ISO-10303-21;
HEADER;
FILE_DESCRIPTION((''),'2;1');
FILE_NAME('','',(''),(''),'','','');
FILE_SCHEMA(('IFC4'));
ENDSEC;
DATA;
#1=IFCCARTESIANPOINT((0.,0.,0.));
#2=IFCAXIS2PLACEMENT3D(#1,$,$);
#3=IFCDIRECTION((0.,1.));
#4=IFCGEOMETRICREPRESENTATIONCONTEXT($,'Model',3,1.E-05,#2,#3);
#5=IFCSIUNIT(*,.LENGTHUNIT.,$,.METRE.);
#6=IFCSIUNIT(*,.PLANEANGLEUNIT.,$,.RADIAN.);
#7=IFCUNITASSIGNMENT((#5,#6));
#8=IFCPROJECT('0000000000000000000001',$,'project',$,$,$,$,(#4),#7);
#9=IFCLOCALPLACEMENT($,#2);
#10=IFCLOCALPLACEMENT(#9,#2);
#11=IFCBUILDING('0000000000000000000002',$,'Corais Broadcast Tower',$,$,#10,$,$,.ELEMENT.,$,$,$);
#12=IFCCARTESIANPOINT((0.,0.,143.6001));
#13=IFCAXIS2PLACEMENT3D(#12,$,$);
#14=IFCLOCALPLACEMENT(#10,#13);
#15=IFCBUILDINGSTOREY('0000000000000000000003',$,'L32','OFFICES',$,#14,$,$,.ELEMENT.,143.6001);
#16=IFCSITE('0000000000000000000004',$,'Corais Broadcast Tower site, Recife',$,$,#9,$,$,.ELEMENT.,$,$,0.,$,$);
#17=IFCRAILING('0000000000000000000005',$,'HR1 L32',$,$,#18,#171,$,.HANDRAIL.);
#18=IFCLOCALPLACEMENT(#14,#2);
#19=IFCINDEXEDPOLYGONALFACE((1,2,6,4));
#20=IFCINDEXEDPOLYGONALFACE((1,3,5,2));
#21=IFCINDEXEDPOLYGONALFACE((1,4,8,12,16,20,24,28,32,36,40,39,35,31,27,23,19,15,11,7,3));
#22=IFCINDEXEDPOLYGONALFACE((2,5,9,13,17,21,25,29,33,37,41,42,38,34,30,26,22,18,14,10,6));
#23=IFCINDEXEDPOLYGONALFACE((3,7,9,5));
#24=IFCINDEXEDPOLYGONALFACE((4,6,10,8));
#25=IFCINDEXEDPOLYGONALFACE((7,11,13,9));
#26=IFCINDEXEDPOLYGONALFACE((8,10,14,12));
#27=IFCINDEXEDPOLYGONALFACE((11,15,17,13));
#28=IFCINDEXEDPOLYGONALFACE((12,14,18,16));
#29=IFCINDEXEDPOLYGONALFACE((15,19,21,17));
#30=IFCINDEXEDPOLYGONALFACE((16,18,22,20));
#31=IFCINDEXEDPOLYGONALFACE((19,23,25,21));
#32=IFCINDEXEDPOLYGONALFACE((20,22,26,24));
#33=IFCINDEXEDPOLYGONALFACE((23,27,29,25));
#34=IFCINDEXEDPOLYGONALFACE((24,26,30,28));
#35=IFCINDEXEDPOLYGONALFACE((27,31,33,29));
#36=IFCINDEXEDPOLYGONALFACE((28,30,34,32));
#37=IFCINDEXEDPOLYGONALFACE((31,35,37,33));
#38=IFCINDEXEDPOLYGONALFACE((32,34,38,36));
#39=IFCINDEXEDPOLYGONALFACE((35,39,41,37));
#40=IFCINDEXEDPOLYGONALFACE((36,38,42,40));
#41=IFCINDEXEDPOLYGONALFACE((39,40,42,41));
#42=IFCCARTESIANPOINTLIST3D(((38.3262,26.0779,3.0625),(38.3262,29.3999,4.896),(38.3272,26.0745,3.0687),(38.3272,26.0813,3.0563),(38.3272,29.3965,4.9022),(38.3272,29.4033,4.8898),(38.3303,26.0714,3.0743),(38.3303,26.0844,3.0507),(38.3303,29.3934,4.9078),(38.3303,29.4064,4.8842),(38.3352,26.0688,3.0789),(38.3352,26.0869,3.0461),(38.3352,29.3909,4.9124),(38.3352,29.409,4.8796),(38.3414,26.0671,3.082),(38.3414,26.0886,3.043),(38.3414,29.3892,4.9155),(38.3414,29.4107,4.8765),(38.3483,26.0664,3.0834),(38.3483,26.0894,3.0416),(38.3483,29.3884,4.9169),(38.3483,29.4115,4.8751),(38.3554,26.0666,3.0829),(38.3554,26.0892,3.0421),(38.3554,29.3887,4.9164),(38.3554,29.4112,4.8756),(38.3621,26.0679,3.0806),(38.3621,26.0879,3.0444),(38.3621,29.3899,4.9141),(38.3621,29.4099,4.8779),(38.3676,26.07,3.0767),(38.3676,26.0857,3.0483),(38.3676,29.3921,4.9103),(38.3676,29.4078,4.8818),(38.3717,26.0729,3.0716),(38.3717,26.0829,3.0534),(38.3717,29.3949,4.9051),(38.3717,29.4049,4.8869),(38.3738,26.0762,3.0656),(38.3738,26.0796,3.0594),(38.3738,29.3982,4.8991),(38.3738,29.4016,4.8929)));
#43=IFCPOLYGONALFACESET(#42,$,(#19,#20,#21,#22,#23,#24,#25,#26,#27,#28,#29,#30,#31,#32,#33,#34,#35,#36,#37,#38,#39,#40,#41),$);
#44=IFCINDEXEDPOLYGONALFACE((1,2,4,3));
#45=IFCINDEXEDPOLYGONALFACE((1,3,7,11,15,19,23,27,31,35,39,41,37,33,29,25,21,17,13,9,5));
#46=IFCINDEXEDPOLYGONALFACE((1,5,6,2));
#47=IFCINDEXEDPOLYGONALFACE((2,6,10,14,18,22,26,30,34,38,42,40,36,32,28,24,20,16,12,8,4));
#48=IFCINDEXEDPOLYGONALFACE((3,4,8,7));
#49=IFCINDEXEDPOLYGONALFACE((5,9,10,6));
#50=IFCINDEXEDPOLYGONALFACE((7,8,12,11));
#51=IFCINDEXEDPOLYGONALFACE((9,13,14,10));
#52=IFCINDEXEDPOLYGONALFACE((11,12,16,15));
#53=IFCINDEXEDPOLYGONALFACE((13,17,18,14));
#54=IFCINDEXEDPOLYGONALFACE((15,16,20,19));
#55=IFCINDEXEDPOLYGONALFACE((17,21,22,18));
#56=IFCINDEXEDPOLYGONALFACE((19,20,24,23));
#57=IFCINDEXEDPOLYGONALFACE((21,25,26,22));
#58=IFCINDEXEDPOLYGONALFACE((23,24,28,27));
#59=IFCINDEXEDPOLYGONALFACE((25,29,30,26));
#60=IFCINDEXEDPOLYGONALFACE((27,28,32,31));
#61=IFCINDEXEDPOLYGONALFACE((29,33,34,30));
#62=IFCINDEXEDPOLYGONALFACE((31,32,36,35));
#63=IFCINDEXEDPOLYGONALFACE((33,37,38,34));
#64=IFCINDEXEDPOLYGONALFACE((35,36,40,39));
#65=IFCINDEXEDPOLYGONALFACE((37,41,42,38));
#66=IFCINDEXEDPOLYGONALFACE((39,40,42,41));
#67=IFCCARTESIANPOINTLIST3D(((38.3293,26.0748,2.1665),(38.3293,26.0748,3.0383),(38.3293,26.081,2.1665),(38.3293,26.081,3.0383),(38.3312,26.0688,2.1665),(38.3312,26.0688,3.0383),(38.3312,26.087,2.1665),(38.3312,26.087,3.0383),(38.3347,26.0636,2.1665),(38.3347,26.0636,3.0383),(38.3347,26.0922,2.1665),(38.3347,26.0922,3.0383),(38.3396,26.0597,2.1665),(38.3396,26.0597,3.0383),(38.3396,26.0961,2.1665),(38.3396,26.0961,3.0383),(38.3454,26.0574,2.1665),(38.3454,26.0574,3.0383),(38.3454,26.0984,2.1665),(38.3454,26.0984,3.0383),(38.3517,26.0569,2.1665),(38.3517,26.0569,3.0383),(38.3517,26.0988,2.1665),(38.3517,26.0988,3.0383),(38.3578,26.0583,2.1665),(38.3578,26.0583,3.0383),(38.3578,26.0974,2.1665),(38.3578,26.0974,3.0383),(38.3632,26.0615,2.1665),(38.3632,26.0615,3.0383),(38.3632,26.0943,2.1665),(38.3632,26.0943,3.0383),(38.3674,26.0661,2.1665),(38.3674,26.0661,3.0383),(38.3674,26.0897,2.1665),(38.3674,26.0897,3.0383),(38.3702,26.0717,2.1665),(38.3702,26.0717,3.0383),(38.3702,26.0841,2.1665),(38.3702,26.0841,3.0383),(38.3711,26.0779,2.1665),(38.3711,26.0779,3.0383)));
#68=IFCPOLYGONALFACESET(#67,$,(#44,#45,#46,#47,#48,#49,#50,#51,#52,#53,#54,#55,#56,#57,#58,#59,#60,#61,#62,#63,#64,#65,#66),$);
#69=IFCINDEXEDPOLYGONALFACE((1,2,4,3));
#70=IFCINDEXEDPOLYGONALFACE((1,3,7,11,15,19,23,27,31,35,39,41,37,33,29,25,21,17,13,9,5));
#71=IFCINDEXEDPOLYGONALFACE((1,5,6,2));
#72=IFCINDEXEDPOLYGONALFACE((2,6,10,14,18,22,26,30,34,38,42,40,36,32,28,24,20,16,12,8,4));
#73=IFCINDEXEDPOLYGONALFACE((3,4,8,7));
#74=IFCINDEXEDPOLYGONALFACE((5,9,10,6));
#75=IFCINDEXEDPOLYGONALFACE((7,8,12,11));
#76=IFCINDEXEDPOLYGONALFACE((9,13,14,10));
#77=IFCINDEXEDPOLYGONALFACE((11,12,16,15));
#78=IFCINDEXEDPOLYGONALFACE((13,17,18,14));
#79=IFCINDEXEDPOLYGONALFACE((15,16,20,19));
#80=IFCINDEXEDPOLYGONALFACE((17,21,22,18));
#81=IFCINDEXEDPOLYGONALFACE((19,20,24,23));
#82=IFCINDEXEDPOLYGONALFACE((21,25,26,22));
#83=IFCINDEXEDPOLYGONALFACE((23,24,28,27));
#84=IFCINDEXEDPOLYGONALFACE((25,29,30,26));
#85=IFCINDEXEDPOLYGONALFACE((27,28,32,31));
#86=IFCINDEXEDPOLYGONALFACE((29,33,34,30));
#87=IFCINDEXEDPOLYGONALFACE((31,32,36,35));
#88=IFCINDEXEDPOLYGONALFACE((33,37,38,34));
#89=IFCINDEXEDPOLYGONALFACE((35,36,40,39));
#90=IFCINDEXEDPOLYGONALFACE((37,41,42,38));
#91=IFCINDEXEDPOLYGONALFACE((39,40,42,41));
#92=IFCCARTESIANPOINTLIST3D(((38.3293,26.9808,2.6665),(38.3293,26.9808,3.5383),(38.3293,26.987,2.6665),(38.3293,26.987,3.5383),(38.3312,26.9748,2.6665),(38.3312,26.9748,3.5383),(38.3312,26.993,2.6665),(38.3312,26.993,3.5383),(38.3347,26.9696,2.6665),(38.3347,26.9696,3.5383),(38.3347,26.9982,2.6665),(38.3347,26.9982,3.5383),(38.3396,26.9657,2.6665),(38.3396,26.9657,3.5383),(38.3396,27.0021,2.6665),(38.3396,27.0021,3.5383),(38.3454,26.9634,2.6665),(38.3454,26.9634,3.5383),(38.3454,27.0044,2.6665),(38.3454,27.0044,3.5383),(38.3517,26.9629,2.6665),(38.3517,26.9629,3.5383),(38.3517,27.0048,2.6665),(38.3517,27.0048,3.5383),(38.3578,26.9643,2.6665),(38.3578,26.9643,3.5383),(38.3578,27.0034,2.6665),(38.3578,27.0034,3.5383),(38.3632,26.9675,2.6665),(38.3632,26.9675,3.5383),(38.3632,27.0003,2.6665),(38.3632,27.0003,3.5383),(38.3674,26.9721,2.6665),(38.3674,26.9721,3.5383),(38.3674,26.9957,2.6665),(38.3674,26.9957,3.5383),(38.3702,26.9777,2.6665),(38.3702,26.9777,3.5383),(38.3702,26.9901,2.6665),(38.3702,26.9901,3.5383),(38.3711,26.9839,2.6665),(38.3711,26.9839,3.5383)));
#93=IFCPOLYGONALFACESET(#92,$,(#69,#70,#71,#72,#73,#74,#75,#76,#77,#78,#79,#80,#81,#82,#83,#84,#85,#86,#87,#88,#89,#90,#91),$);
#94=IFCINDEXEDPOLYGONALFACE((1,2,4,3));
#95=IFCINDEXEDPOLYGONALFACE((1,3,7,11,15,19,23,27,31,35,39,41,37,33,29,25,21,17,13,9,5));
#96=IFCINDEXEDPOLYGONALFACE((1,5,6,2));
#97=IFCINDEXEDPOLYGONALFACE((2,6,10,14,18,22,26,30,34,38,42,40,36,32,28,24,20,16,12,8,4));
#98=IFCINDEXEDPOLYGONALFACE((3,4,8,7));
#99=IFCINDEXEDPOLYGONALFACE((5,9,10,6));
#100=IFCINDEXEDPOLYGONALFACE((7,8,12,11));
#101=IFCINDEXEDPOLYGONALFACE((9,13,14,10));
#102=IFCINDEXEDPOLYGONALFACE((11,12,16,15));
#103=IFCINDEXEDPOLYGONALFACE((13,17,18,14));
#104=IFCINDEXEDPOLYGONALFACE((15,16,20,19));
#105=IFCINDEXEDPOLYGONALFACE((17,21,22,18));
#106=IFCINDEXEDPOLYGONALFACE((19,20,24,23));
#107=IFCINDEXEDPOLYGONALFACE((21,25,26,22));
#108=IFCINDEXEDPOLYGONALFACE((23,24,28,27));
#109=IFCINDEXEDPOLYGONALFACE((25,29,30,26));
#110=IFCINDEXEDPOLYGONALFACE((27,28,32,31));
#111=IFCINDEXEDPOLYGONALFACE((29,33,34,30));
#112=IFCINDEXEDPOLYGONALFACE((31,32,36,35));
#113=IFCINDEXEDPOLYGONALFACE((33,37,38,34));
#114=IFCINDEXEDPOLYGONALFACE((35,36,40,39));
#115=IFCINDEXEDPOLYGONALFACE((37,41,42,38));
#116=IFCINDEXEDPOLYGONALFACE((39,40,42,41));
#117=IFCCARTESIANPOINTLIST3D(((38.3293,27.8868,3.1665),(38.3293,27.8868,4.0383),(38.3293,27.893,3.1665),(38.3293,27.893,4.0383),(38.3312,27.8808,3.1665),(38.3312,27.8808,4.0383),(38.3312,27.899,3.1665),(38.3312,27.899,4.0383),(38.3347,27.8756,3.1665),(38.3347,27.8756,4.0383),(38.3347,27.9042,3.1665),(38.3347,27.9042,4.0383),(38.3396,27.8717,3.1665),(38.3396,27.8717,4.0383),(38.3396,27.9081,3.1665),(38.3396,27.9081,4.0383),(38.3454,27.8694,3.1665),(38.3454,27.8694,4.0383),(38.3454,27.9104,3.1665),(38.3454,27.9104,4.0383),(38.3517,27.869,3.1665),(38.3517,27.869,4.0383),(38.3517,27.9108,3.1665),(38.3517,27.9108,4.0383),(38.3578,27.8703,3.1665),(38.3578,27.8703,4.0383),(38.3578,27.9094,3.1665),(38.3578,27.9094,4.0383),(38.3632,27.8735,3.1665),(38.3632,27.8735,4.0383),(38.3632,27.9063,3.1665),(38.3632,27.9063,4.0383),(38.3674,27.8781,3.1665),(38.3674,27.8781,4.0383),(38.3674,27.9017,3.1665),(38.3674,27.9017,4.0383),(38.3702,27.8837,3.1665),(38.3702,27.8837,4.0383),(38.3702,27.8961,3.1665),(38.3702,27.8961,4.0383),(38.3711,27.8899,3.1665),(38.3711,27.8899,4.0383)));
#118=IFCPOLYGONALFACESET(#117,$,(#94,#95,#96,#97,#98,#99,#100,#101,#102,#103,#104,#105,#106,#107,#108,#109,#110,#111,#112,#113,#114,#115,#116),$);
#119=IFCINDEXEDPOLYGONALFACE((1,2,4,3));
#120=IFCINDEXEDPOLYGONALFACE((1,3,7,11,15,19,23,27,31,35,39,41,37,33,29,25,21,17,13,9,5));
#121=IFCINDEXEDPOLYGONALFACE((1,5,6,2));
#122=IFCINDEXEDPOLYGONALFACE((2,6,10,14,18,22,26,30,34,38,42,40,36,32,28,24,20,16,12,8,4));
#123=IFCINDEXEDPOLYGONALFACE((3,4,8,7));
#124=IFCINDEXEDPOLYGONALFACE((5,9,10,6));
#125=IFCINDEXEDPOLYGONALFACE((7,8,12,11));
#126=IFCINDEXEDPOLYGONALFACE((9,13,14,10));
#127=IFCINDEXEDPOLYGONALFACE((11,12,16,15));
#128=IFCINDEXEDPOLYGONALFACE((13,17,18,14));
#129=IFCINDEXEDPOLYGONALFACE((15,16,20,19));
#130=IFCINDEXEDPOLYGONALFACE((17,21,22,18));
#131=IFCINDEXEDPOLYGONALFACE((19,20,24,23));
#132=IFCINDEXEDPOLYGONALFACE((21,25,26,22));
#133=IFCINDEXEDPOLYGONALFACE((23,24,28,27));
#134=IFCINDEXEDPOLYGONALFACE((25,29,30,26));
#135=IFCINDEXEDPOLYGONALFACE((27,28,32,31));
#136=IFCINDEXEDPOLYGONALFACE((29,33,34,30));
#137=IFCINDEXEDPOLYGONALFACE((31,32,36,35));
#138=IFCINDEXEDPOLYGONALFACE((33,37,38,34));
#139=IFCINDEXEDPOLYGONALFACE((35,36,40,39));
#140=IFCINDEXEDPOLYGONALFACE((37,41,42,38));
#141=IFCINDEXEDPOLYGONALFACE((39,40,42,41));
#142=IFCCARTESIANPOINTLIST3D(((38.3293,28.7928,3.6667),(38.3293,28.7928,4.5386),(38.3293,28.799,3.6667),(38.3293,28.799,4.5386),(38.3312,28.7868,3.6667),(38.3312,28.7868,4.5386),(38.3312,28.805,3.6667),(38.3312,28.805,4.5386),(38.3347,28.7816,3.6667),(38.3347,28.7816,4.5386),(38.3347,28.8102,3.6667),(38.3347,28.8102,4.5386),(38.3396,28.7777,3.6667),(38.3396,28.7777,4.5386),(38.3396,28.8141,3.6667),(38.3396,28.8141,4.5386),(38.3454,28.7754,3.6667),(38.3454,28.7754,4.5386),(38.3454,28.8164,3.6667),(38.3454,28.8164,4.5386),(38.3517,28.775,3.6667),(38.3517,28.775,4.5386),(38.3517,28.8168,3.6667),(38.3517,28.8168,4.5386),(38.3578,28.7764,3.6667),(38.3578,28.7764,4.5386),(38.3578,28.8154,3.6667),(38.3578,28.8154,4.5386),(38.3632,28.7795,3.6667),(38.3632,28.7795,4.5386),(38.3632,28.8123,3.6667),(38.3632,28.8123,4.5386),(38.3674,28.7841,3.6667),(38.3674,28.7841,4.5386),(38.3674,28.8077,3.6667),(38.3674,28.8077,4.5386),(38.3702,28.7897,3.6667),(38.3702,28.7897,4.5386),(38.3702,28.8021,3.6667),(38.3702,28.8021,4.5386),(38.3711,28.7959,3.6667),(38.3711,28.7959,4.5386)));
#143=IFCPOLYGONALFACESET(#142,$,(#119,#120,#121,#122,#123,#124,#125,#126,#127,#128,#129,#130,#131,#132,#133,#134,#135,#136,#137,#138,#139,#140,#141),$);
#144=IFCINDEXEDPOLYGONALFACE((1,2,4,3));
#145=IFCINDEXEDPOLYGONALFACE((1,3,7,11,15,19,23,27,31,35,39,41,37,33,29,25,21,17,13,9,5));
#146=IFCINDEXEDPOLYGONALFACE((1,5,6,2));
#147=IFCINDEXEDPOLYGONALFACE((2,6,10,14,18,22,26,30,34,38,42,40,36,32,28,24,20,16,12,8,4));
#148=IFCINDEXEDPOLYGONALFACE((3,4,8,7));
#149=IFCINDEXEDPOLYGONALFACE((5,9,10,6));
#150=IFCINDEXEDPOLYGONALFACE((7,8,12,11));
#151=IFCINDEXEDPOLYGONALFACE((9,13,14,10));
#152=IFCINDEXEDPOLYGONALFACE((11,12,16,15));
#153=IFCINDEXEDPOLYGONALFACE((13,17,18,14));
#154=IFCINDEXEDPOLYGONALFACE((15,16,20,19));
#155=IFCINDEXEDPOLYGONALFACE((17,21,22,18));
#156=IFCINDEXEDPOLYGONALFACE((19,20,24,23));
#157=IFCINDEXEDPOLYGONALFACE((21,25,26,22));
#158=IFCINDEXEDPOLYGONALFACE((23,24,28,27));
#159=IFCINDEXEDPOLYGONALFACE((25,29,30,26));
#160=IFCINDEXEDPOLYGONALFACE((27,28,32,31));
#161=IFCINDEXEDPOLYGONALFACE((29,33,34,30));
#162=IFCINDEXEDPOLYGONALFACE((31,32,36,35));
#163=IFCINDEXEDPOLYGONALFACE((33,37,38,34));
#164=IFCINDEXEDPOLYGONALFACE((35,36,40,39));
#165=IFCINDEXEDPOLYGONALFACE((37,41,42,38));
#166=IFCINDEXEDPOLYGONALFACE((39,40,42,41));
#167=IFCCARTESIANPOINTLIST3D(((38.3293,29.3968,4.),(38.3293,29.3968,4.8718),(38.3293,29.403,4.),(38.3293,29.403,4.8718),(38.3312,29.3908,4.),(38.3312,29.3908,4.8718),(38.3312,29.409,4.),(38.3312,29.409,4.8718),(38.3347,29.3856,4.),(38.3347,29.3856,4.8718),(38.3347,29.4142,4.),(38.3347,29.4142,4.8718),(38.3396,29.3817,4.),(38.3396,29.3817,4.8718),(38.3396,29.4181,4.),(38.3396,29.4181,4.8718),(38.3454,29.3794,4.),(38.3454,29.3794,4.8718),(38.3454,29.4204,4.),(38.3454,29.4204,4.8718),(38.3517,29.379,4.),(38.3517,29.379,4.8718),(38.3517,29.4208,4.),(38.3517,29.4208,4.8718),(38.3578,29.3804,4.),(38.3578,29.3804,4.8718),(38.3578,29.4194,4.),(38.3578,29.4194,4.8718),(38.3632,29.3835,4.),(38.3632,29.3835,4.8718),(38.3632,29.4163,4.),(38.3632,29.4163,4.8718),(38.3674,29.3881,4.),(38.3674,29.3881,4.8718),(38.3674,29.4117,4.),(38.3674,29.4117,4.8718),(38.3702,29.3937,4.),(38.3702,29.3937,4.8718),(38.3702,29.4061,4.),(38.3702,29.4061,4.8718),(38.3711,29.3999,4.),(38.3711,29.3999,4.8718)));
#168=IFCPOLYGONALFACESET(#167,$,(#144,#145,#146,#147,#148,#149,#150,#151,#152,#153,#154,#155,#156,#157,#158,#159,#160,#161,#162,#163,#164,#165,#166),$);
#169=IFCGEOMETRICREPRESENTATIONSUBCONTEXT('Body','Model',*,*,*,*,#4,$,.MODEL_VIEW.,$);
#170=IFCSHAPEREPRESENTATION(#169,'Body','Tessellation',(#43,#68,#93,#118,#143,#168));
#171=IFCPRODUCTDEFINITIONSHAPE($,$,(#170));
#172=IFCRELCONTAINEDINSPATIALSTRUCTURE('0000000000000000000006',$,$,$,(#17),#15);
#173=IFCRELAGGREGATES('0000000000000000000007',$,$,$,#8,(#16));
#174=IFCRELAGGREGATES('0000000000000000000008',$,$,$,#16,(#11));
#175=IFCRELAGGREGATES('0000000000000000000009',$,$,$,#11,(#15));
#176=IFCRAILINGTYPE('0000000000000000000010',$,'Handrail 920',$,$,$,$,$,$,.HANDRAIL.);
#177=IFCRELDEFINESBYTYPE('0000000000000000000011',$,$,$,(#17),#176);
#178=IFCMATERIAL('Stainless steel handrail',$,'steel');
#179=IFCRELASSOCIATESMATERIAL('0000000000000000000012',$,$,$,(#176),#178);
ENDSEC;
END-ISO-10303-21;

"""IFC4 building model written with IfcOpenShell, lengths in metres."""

from ifc_helpers import new_model, si_unit, direction, frame, origin, origin_2d, place, context, subcontext, project, spatial, circle, extrude, material, type_object, element, save


model = new_model("IFC4")

# Units and contexts
model_context = context("Model", 3, precision=1e-05, world=origin(), true_north=direction((0.0, 1.0)))
body_context = subcontext(model_context, "Body", "Model", "MODEL_VIEW")
ifc_project = project(units=[si_unit("LENGTHUNIT", "METRE"), si_unit("PLANEANGLEUNIT", "RADIAN")], contexts=[model_context])

# Site, building, storey
site_placement = place(None, origin())
site = spatial("IfcSite", under=ifc_project, at=site_placement, Name="Corais Broadcast Tower site, Recife", CompositionType="ELEMENT", RefElevation=0.0)
building_placement = place(site_placement, origin())
building = spatial("IfcBuilding", under=site, at=building_placement, Name="Corais Broadcast Tower", CompositionType="ELEMENT")
storey_placement = place(building_placement, frame((0.0, 0.0, 143.6001)))
storey = spatial("IfcBuildingStorey", under=building, at=storey_placement, Name="L32", Description="OFFICES", CompositionType="ELEMENT", Elevation=143.6001)

# Railing
ifc_material_1 = material(Name="Stainless steel handrail", Category="steel")
railing_type = type_object("IfcRailingType", Name="Handrail 920", PredefinedType="HANDRAIL", material=ifc_material_1)
railing_placement = place(storey_placement, frame((38.3501, 26.0779, 2.1665)))
element("IfcRailing", 1, at=railing_placement, inside=storey, type_object=railing_type, Name="HR1 L32", PredefinedType="HANDRAIL", context=body_context, shape_type="SweptSolid", body=[
    extrude(circle(Radius=0.0239, at=origin_2d()), frame((0.0, 0.0, 0.896), z_axis=(0.0, 0.875504, 0.48321), x_axis=(-1.0, 0.0, 0.0)), (0.0, 0.0, 1.0), 3.7944),
    extrude(circle(Radius=0.021, at=origin_2d()), origin(), (0.0, 0.0, 1.0), 0.8718),
    extrude(circle(Radius=0.021, at=origin_2d()), frame((0.0, 0.906, 0.5)), (0.0, 0.0, 1.0), 0.8718),
    extrude(circle(Radius=0.021, at=origin_2d()), frame((0.0, 1.812, 1.0)), (0.0, 0.0, 1.0), 0.8718),
    extrude(circle(Radius=0.021, at=origin_2d()), frame((0.0, 2.718, 1.5002)), (0.0, 0.0, 1.0), 0.8718),
    extrude(circle(Radius=0.021, at=origin_2d()), frame((0.0, 3.322, 1.8335)), (0.0, 0.0, 1.0), 0.8718),
])

save(model, "model.ifc")
